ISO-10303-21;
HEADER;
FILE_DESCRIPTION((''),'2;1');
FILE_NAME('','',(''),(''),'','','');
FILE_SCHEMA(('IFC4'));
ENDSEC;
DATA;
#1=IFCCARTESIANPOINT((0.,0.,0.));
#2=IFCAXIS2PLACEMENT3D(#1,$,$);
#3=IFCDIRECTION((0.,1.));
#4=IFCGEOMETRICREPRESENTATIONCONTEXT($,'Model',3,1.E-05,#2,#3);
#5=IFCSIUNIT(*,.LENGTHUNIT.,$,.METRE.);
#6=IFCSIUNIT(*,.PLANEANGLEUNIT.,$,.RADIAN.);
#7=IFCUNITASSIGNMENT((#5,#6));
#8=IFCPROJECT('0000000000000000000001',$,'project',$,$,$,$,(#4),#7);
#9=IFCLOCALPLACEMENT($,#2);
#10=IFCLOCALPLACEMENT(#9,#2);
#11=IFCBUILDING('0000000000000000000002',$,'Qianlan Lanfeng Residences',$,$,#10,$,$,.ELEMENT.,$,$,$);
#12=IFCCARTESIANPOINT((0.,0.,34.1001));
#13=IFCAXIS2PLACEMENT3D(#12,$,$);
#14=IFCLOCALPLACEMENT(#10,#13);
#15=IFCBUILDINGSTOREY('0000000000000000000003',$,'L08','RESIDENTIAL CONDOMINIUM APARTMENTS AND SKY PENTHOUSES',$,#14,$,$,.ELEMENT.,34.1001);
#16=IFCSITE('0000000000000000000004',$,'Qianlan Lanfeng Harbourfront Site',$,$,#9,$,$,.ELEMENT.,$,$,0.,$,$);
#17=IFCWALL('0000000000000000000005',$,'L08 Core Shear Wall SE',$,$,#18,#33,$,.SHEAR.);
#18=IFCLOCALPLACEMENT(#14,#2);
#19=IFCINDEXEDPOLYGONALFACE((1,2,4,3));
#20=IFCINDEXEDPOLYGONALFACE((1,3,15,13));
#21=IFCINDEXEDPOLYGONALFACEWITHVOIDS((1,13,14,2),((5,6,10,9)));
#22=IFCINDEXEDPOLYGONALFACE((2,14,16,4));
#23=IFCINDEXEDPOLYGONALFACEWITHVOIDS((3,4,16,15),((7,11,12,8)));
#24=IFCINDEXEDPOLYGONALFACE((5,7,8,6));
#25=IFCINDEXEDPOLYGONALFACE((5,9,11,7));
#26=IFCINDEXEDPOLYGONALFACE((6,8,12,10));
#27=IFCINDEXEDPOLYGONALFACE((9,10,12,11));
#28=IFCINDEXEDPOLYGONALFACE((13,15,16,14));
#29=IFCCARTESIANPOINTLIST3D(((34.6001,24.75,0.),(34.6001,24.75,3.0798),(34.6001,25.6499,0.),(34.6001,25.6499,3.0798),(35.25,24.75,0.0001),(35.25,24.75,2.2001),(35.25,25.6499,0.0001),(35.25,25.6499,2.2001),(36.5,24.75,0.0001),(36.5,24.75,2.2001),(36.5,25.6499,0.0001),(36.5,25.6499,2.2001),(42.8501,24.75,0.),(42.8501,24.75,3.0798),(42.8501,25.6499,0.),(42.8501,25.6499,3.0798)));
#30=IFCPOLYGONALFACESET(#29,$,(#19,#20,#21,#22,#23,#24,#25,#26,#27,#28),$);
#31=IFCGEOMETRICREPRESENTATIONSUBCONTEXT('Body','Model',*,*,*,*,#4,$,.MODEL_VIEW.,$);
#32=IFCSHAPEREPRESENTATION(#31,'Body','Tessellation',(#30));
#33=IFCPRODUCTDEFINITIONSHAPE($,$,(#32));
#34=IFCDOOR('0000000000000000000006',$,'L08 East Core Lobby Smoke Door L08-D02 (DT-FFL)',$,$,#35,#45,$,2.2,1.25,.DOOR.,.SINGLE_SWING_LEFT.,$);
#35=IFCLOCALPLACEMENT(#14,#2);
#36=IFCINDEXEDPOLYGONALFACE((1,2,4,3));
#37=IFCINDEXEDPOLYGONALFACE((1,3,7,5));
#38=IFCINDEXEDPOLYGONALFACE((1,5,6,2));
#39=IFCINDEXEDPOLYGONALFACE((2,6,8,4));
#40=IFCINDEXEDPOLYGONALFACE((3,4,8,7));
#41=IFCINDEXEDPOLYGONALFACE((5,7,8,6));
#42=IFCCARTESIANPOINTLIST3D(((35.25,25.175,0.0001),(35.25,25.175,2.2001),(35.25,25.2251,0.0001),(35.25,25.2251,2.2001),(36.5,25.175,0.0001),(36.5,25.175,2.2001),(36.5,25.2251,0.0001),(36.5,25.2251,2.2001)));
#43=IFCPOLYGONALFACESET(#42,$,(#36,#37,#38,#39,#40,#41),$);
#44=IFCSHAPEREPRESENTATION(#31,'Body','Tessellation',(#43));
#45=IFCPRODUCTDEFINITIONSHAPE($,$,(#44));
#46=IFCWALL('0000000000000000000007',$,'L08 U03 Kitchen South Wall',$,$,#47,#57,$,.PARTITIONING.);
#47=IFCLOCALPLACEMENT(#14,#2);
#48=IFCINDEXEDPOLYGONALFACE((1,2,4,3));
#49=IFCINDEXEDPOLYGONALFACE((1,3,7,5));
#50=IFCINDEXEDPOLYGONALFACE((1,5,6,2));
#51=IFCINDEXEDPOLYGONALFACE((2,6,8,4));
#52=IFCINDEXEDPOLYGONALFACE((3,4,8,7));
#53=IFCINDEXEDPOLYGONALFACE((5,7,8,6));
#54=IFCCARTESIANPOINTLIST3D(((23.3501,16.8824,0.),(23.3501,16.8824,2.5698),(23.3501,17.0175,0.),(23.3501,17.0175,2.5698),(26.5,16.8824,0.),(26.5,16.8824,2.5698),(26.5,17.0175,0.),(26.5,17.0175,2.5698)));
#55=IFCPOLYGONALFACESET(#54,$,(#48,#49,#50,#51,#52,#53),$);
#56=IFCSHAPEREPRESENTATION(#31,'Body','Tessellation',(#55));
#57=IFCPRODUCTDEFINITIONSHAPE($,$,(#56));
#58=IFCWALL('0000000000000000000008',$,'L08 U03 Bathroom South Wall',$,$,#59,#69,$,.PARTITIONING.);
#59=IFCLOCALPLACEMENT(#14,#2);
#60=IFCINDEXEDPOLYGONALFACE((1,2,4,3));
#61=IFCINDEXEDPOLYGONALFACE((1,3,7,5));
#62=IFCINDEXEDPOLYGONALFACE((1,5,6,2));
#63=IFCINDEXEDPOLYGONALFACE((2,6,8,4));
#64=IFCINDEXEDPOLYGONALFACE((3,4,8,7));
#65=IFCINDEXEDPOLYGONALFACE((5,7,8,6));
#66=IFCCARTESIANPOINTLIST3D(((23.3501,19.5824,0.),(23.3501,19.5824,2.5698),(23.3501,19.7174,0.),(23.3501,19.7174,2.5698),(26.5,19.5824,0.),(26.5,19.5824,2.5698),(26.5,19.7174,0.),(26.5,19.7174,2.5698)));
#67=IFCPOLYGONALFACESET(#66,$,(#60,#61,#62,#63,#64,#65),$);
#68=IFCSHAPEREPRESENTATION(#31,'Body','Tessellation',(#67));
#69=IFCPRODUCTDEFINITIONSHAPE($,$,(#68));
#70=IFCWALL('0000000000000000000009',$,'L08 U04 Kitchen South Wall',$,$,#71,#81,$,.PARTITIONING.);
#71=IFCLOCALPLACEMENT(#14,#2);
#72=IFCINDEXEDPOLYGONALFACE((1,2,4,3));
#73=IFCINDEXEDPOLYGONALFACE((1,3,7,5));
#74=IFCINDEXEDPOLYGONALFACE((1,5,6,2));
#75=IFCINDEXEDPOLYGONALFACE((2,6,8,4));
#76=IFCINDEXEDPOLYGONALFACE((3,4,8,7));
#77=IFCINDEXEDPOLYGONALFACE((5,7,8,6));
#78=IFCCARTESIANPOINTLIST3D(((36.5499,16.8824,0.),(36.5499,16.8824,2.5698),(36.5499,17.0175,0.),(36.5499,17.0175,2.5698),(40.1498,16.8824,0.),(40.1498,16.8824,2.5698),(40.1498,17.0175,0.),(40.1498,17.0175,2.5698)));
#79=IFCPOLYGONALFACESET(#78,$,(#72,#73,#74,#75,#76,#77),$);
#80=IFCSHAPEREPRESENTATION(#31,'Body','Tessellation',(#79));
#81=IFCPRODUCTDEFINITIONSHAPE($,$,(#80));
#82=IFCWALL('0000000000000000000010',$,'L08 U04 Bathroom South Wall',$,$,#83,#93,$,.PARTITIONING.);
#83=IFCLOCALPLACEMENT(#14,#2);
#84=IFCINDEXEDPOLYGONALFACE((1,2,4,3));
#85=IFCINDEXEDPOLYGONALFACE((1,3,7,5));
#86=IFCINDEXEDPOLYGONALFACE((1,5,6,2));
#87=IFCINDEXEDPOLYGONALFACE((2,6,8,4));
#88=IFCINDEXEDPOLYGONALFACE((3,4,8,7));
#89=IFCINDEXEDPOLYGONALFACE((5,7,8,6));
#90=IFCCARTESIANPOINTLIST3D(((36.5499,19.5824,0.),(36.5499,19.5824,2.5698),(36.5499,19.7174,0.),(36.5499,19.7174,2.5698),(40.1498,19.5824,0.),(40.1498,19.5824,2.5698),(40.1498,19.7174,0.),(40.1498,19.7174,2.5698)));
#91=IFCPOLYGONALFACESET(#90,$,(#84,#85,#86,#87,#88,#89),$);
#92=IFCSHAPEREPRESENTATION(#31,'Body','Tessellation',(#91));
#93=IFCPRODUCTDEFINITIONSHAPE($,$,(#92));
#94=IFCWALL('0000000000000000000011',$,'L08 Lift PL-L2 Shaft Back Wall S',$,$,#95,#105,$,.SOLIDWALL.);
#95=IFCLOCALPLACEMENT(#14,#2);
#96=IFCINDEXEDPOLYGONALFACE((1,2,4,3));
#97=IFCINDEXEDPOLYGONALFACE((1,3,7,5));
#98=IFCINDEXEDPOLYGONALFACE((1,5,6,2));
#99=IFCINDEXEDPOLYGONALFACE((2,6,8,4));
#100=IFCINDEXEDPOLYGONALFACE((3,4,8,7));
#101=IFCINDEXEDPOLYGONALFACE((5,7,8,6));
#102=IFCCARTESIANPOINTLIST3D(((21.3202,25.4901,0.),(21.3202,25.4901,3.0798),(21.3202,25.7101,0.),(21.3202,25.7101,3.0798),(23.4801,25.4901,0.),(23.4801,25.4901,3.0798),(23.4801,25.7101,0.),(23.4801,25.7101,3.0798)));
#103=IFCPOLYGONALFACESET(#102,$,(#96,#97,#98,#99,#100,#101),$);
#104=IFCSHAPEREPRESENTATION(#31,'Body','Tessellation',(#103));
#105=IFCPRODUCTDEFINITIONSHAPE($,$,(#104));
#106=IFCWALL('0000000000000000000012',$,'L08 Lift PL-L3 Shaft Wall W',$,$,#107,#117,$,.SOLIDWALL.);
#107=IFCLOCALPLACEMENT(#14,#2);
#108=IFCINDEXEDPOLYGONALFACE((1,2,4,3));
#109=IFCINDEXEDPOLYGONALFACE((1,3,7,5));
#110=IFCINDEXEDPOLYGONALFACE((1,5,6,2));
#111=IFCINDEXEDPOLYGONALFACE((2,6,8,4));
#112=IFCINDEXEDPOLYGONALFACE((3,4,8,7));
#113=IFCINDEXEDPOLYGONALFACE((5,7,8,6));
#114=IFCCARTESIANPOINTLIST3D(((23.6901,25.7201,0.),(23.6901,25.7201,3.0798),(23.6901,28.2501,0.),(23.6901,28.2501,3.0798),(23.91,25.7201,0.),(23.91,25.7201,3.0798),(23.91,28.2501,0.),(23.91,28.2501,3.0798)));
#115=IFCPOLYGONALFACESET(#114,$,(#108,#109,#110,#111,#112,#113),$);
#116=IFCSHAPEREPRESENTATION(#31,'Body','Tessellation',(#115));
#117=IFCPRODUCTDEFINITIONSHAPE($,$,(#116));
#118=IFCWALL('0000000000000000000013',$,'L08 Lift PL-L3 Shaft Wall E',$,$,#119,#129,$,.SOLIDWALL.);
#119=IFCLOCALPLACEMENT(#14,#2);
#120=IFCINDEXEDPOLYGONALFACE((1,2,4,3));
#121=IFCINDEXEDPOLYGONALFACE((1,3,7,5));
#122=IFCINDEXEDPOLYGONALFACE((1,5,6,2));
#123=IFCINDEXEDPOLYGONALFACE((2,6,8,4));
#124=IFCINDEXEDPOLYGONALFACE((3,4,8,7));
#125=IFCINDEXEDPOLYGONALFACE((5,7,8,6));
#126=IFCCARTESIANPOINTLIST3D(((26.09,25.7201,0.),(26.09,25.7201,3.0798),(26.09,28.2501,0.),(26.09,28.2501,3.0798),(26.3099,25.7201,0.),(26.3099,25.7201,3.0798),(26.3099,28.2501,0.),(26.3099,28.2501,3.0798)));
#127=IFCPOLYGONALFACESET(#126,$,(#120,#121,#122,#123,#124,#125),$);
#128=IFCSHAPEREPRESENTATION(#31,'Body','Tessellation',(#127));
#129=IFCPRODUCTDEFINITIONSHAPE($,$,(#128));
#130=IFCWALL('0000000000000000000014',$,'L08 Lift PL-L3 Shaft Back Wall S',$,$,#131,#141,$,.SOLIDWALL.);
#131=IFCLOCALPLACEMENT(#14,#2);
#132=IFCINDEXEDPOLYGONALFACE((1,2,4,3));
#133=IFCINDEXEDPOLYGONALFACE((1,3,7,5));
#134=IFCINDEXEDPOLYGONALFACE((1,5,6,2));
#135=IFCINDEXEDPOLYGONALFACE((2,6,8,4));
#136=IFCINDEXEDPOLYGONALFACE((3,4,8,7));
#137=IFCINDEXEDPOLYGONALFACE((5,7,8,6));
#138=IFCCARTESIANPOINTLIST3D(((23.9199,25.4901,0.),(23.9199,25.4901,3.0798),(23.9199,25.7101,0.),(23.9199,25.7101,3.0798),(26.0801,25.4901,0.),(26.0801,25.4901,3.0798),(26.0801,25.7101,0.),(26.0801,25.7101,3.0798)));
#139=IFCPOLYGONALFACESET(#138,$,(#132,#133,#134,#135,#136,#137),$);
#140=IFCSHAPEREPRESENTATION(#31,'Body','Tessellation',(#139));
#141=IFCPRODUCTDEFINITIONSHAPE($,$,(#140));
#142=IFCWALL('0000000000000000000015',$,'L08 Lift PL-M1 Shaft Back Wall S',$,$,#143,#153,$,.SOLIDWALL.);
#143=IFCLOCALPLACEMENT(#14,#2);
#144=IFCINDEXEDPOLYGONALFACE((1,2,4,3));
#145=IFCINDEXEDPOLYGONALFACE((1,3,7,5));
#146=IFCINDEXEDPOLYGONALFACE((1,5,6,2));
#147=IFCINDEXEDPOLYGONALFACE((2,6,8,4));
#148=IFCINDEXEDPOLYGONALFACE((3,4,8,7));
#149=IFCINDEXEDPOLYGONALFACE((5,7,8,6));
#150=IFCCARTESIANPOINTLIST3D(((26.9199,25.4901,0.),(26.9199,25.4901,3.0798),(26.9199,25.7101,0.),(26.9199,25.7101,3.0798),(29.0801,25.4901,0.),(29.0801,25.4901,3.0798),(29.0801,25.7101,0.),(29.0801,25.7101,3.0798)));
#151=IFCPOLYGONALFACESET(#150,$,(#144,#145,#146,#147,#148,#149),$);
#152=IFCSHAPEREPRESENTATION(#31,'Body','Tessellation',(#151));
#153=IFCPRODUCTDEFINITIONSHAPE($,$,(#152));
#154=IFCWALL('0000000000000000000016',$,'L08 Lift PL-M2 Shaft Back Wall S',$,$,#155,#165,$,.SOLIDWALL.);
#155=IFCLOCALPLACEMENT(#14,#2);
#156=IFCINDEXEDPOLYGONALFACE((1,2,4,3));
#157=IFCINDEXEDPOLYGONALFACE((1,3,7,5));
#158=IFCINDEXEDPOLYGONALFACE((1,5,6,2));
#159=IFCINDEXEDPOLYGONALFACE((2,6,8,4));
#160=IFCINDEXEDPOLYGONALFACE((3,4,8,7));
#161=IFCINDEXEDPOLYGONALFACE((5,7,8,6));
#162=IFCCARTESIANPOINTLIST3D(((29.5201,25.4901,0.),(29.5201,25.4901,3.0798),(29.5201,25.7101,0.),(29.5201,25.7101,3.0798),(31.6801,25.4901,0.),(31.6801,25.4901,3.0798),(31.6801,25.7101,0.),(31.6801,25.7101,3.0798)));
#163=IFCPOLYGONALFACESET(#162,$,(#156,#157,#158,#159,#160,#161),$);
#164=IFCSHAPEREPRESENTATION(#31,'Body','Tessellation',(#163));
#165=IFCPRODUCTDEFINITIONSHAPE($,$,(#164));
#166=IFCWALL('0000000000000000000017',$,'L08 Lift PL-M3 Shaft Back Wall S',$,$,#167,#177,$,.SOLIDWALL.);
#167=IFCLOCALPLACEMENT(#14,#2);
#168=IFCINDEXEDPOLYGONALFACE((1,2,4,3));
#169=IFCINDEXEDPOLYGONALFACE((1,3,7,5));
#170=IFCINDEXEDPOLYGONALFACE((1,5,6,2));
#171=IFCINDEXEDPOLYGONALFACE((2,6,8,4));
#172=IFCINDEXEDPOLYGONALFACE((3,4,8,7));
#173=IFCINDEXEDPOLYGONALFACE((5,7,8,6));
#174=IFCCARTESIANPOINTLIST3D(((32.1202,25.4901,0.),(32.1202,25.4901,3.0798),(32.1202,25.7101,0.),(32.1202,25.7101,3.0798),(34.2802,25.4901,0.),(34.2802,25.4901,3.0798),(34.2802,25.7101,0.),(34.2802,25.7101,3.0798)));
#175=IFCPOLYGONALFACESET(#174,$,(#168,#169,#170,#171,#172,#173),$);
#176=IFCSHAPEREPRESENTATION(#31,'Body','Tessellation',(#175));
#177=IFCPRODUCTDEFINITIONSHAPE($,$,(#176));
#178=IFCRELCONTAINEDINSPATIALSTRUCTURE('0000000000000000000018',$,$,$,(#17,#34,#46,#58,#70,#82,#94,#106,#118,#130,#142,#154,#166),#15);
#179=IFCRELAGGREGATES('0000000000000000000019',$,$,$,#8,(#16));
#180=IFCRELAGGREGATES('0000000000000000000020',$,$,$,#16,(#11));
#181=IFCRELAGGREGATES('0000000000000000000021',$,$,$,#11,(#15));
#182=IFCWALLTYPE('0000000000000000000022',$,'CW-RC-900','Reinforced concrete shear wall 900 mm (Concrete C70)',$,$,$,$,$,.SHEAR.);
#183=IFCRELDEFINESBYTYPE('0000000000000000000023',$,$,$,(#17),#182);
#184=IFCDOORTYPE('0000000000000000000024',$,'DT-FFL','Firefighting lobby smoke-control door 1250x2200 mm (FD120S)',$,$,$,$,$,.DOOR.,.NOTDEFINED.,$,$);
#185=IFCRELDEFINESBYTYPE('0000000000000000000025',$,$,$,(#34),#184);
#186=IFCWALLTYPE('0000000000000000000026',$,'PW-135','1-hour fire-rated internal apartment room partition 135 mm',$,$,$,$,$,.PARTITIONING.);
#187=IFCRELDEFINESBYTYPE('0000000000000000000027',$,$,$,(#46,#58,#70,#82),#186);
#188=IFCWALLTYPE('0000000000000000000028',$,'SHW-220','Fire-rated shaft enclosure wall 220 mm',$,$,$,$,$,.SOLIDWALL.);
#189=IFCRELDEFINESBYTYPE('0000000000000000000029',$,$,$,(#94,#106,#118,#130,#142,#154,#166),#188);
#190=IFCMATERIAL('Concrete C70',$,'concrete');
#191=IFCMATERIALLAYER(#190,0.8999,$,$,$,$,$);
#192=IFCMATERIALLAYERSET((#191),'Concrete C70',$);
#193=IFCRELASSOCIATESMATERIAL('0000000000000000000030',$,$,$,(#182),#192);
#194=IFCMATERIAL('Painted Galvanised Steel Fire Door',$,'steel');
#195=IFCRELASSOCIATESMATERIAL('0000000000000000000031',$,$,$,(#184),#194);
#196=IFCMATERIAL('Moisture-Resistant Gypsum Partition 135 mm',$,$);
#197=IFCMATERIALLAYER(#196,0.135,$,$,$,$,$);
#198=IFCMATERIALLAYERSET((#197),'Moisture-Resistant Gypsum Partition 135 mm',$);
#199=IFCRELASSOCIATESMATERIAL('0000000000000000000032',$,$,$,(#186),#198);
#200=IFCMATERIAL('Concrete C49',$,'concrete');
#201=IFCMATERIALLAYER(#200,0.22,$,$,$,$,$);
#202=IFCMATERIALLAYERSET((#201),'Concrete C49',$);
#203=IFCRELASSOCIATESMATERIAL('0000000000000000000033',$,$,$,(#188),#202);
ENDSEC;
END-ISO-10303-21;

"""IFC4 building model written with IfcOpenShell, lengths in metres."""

from ifc_helpers import new_model, si_unit, direction, frame, frame_2d, origin, place, context, subcontext, project, spatial, rectangle, extrude, material, layer, layer_set, type_object, element, fill, save


model = new_model("IFC4")

# Units and contexts
model_context = context("Model", 3, precision=1e-05, world=origin(), true_north=direction((0.0, 1.0)))
body_context = subcontext(model_context, "Body", "Model", "MODEL_VIEW")
ifc_project = project(units=[si_unit("LENGTHUNIT", "METRE"), si_unit("PLANEANGLEUNIT", "RADIAN")], contexts=[model_context])

# Site, building, storey
site_placement = place(None, origin())
site = spatial("IfcSite", under=ifc_project, at=site_placement, Name="Qianlan Lanfeng Harbourfront Site", CompositionType="ELEMENT", RefElevation=0.0)
building_placement = place(site_placement, origin())
building = spatial("IfcBuilding", under=site, at=building_placement, Name="Qianlan Lanfeng Residences", CompositionType="ELEMENT")
storey_placement = place(building_placement, frame((0.0, 0.0, 34.1001)))
storey = spatial("IfcBuildingStorey", under=building, at=storey_placement, Name="L08", Description="RESIDENTIAL CONDOMINIUM APARTMENTS AND SKY PENTHOUSES", CompositionType="ELEMENT", Elevation=34.1001)

# Wall, opening, door
ifc_material_1 = material(Name="Concrete C70", Category="concrete")
ifc_layer_1 = layer(ifc_material_1, 0.8999)
ifc_layer_set_1 = layer_set([ifc_layer_1], Name="Concrete C70")
wall_type_1 = type_object("IfcWallType", Name="CW-RC-900", Description="Reinforced concrete shear wall 900 mm (Concrete C70)", PredefinedType="SHEAR", material=ifc_layer_set_1)
wall_1_placement = place(storey_placement, frame((34.6001, 25.2, 0.0), z_axis=(0.0, 0.0, 1.0), x_axis=(1.0, 0.0, 0.0)))
wall_1 = element("IfcWall", 1, at=wall_1_placement, inside=storey, type_object=wall_type_1, Name="L08 Core Shear Wall SE", PredefinedType="SHEAR", context=body_context, shape_type="SweptSolid", body=[
    extrude(rectangle(XDim=8.25, YDim=0.8999, at=frame_2d((4.125, 0.0))), origin(), (0.0, 0.0, 1.0), 3.0798),
])
opening_1_placement = place(wall_1_placement, frame((0.6499, 0.0, 0.0)))
opening_1 = element("IfcOpeningElement", 2, at=opening_1_placement, cuts=wall_1, PredefinedType="OPENING", context=body_context, shape_type="SweptSolid", body=[
    extrude(rectangle(XDim=1.25, YDim=2.2, at=frame_2d((0.625, 1.1001))), frame((0.0, 0.46, 0.0), z_axis=(0.0, -1.0, 0.0), x_axis=(1.0, 0.0, 0.0)), (0.0, 0.0, 1.0), 0.9199),
])
ifc_material_2 = material(Name="Painted Galvanised Steel Fire Door", Category="steel")
door_type_1 = type_object("IfcDoorType", Name="DT-FFL", Description="Firefighting lobby smoke-control door 1250x2200 mm (FD120S)", OperationType="NOTDEFINED", PredefinedType="DOOR", material=ifc_material_2)
door_1_placement = place(opening_1_placement, frame((1.25, 0.0, 0.0), z_axis=(0.0, 0.0, 1.0), x_axis=(-1.0, 0.0, 0.0)))
door_1 = element("IfcDoor", 3, at=door_1_placement, inside=storey, type_object=door_type_1, Name="L08 East Core Lobby Smoke Door L08-D02 (DT-FFL)", OperationType="SINGLE_SWING_LEFT", OverallHeight=2.2, OverallWidth=1.25, PredefinedType="DOOR", context=body_context, shape_type="SweptSolid", body=[
    extrude(rectangle(XDim=1.25, YDim=2.2, at=frame_2d((0.625, 1.1001))), frame((0.0, 0.0249, 0.0), z_axis=(0.0, -1.0, 0.0), x_axis=(1.0, 0.0, 0.0)), (0.0, 0.0, 1.0), 0.05),
])
fill(opening_1, door_1)

# Walls
ifc_material_3 = material(Name="Moisture-Resistant Gypsum Partition 135 mm")
ifc_layer_2 = layer(ifc_material_3, 0.135)
ifc_layer_set_2 = layer_set([ifc_layer_2], Name="Moisture-Resistant Gypsum Partition 135 mm")
wall_type_2 = type_object("IfcWallType", Name="PW-135", Description="1-hour fire-rated internal apartment room partition 135 mm", PredefinedType="PARTITIONING", material=ifc_layer_set_2)
for number, where, z_axis, x_axis, name in (
    (4, (23.3501, 16.95, 0.0), (0.0, 0.0, 1.0), (1.0, 0.0, 0.0), "L08 U03 Kitchen South Wall"),
    (5, (23.3501, 19.6499, 0.0), (0.0, 0.0, 1.0), (1.0, 0.0, 0.0), "L08 U03 Bathroom South Wall"),
):
    element("IfcWall", number, at=place(storey_placement, frame(where, z_axis=z_axis, x_axis=x_axis)), inside=storey, type_object=wall_type_2, Name=name, PredefinedType="PARTITIONING", context=body_context, shape_type="SweptSolid", body=[
        extrude(rectangle(XDim=3.1499, YDim=0.135, at=frame_2d((1.575, 0.0))), origin(), (0.0, 0.0, 1.0), 2.5698),
    ])
for number, where, z_axis, x_axis, name in (
    (6, (36.55, 16.95, 0.0), (0.0, 0.0, 1.0), (1.0, 0.0, 0.0), "L08 U04 Kitchen South Wall"),
    (7, (36.55, 19.6499, 0.0), (0.0, 0.0, 1.0), (1.0, 0.0, 0.0), "L08 U04 Bathroom South Wall"),
):
    element("IfcWall", number, at=place(storey_placement, frame(where, z_axis=z_axis, x_axis=x_axis)), inside=storey, type_object=wall_type_2, Name=name, PredefinedType="PARTITIONING", context=body_context, shape_type="SweptSolid", body=[
        extrude(rectangle(XDim=3.5999, YDim=0.135, at=frame_2d((1.7998, 0.0))), origin(), (0.0, 0.0, 1.0), 2.5698),
    ])

# Walls
ifc_material_4 = material(Name="Concrete C49", Category="concrete")
ifc_layer_3 = layer(ifc_material_4, 0.22)
ifc_layer_set_3 = layer_set([ifc_layer_3], Name="Concrete C49")
wall_type_3 = type_object("IfcWallType", Name="SHW-220", Description="Fire-rated shaft enclosure wall 220 mm", PredefinedType="SOLIDWALL", material=ifc_layer_set_3)
wall_2_placement = place(storey_placement, frame((21.3201, 25.6001, 0.0), z_axis=(0.0, 0.0, 1.0), x_axis=(1.0, 0.0, 0.0)))
element("IfcWall", 8, at=wall_2_placement, inside=storey, type_object=wall_type_3, Name="L08 Lift PL-L2 Shaft Back Wall S", PredefinedType="SOLIDWALL", context=body_context, shape_type="SweptSolid", body=[
    extrude(rectangle(XDim=2.1599, YDim=0.22, at=frame_2d((1.0801, 0.0))), origin(), (0.0, 0.0, 1.0), 3.0798),
])
for number, where, z_axis, x_axis, name in (
    (9, (23.8, 25.72, 0.0), (0.0, 0.0, 1.0), (0.0, 1.0, 0.0), "L08 Lift PL-L3 Shaft Wall W"),
    (10, (26.2, 25.72, 0.0), (0.0, 0.0, 1.0), (0.0, 1.0, 0.0), "L08 Lift PL-L3 Shaft Wall E"),
):
    element("IfcWall", number, at=place(storey_placement, frame(where, z_axis=z_axis, x_axis=x_axis)), inside=storey, type_object=wall_type_3, Name=name, PredefinedType="SOLIDWALL", context=body_context, shape_type="SweptSolid", body=[
        extrude(rectangle(XDim=2.53, YDim=0.22, at=frame_2d((1.2651, 0.0))), origin(), (0.0, 0.0, 1.0), 3.0798),
    ])
for number, where, z_axis, x_axis, name in (
    (11, (23.9199, 25.6001, 0.0), (0.0, 0.0, 1.0), (1.0, 0.0, 0.0), "L08 Lift PL-L3 Shaft Back Wall S"),
    (12, (26.9199, 25.6001, 0.0), (0.0, 0.0, 1.0), (1.0, 0.0, 0.0), "L08 Lift PL-M1 Shaft Back Wall S"),
):
    element("IfcWall", number, at=place(storey_placement, frame(where, z_axis=z_axis, x_axis=x_axis)), inside=storey, type_object=wall_type_3, Name=name, PredefinedType="SOLIDWALL", context=body_context, shape_type="SweptSolid", body=[
        extrude(rectangle(XDim=2.1602, YDim=0.22, at=frame_2d((1.0801, 0.0))), origin(), (0.0, 0.0, 1.0), 3.0798),
    ])
for number, where, z_axis, x_axis, name in (
    (13, (29.52, 25.6001, 0.0), (0.0, 0.0, 1.0), (1.0, 0.0, 0.0), "L08 Lift PL-M2 Shaft Back Wall S"),
    (14, (32.1201, 25.6001, 0.0), (0.0, 0.0, 1.0), (1.0, 0.0, 0.0), "L08 Lift PL-M3 Shaft Back Wall S"),
):
    element("IfcWall", number, at=place(storey_placement, frame(where, z_axis=z_axis, x_axis=x_axis)), inside=storey, type_object=wall_type_3, Name=name, PredefinedType="SOLIDWALL", context=body_context, shape_type="SweptSolid", body=[
        extrude(rectangle(XDim=2.1599, YDim=0.22, at=frame_2d((1.0801, 0.0))), origin(), (0.0, 0.0, 1.0), 3.0798),
    ])

save(model, "model.ifc")
